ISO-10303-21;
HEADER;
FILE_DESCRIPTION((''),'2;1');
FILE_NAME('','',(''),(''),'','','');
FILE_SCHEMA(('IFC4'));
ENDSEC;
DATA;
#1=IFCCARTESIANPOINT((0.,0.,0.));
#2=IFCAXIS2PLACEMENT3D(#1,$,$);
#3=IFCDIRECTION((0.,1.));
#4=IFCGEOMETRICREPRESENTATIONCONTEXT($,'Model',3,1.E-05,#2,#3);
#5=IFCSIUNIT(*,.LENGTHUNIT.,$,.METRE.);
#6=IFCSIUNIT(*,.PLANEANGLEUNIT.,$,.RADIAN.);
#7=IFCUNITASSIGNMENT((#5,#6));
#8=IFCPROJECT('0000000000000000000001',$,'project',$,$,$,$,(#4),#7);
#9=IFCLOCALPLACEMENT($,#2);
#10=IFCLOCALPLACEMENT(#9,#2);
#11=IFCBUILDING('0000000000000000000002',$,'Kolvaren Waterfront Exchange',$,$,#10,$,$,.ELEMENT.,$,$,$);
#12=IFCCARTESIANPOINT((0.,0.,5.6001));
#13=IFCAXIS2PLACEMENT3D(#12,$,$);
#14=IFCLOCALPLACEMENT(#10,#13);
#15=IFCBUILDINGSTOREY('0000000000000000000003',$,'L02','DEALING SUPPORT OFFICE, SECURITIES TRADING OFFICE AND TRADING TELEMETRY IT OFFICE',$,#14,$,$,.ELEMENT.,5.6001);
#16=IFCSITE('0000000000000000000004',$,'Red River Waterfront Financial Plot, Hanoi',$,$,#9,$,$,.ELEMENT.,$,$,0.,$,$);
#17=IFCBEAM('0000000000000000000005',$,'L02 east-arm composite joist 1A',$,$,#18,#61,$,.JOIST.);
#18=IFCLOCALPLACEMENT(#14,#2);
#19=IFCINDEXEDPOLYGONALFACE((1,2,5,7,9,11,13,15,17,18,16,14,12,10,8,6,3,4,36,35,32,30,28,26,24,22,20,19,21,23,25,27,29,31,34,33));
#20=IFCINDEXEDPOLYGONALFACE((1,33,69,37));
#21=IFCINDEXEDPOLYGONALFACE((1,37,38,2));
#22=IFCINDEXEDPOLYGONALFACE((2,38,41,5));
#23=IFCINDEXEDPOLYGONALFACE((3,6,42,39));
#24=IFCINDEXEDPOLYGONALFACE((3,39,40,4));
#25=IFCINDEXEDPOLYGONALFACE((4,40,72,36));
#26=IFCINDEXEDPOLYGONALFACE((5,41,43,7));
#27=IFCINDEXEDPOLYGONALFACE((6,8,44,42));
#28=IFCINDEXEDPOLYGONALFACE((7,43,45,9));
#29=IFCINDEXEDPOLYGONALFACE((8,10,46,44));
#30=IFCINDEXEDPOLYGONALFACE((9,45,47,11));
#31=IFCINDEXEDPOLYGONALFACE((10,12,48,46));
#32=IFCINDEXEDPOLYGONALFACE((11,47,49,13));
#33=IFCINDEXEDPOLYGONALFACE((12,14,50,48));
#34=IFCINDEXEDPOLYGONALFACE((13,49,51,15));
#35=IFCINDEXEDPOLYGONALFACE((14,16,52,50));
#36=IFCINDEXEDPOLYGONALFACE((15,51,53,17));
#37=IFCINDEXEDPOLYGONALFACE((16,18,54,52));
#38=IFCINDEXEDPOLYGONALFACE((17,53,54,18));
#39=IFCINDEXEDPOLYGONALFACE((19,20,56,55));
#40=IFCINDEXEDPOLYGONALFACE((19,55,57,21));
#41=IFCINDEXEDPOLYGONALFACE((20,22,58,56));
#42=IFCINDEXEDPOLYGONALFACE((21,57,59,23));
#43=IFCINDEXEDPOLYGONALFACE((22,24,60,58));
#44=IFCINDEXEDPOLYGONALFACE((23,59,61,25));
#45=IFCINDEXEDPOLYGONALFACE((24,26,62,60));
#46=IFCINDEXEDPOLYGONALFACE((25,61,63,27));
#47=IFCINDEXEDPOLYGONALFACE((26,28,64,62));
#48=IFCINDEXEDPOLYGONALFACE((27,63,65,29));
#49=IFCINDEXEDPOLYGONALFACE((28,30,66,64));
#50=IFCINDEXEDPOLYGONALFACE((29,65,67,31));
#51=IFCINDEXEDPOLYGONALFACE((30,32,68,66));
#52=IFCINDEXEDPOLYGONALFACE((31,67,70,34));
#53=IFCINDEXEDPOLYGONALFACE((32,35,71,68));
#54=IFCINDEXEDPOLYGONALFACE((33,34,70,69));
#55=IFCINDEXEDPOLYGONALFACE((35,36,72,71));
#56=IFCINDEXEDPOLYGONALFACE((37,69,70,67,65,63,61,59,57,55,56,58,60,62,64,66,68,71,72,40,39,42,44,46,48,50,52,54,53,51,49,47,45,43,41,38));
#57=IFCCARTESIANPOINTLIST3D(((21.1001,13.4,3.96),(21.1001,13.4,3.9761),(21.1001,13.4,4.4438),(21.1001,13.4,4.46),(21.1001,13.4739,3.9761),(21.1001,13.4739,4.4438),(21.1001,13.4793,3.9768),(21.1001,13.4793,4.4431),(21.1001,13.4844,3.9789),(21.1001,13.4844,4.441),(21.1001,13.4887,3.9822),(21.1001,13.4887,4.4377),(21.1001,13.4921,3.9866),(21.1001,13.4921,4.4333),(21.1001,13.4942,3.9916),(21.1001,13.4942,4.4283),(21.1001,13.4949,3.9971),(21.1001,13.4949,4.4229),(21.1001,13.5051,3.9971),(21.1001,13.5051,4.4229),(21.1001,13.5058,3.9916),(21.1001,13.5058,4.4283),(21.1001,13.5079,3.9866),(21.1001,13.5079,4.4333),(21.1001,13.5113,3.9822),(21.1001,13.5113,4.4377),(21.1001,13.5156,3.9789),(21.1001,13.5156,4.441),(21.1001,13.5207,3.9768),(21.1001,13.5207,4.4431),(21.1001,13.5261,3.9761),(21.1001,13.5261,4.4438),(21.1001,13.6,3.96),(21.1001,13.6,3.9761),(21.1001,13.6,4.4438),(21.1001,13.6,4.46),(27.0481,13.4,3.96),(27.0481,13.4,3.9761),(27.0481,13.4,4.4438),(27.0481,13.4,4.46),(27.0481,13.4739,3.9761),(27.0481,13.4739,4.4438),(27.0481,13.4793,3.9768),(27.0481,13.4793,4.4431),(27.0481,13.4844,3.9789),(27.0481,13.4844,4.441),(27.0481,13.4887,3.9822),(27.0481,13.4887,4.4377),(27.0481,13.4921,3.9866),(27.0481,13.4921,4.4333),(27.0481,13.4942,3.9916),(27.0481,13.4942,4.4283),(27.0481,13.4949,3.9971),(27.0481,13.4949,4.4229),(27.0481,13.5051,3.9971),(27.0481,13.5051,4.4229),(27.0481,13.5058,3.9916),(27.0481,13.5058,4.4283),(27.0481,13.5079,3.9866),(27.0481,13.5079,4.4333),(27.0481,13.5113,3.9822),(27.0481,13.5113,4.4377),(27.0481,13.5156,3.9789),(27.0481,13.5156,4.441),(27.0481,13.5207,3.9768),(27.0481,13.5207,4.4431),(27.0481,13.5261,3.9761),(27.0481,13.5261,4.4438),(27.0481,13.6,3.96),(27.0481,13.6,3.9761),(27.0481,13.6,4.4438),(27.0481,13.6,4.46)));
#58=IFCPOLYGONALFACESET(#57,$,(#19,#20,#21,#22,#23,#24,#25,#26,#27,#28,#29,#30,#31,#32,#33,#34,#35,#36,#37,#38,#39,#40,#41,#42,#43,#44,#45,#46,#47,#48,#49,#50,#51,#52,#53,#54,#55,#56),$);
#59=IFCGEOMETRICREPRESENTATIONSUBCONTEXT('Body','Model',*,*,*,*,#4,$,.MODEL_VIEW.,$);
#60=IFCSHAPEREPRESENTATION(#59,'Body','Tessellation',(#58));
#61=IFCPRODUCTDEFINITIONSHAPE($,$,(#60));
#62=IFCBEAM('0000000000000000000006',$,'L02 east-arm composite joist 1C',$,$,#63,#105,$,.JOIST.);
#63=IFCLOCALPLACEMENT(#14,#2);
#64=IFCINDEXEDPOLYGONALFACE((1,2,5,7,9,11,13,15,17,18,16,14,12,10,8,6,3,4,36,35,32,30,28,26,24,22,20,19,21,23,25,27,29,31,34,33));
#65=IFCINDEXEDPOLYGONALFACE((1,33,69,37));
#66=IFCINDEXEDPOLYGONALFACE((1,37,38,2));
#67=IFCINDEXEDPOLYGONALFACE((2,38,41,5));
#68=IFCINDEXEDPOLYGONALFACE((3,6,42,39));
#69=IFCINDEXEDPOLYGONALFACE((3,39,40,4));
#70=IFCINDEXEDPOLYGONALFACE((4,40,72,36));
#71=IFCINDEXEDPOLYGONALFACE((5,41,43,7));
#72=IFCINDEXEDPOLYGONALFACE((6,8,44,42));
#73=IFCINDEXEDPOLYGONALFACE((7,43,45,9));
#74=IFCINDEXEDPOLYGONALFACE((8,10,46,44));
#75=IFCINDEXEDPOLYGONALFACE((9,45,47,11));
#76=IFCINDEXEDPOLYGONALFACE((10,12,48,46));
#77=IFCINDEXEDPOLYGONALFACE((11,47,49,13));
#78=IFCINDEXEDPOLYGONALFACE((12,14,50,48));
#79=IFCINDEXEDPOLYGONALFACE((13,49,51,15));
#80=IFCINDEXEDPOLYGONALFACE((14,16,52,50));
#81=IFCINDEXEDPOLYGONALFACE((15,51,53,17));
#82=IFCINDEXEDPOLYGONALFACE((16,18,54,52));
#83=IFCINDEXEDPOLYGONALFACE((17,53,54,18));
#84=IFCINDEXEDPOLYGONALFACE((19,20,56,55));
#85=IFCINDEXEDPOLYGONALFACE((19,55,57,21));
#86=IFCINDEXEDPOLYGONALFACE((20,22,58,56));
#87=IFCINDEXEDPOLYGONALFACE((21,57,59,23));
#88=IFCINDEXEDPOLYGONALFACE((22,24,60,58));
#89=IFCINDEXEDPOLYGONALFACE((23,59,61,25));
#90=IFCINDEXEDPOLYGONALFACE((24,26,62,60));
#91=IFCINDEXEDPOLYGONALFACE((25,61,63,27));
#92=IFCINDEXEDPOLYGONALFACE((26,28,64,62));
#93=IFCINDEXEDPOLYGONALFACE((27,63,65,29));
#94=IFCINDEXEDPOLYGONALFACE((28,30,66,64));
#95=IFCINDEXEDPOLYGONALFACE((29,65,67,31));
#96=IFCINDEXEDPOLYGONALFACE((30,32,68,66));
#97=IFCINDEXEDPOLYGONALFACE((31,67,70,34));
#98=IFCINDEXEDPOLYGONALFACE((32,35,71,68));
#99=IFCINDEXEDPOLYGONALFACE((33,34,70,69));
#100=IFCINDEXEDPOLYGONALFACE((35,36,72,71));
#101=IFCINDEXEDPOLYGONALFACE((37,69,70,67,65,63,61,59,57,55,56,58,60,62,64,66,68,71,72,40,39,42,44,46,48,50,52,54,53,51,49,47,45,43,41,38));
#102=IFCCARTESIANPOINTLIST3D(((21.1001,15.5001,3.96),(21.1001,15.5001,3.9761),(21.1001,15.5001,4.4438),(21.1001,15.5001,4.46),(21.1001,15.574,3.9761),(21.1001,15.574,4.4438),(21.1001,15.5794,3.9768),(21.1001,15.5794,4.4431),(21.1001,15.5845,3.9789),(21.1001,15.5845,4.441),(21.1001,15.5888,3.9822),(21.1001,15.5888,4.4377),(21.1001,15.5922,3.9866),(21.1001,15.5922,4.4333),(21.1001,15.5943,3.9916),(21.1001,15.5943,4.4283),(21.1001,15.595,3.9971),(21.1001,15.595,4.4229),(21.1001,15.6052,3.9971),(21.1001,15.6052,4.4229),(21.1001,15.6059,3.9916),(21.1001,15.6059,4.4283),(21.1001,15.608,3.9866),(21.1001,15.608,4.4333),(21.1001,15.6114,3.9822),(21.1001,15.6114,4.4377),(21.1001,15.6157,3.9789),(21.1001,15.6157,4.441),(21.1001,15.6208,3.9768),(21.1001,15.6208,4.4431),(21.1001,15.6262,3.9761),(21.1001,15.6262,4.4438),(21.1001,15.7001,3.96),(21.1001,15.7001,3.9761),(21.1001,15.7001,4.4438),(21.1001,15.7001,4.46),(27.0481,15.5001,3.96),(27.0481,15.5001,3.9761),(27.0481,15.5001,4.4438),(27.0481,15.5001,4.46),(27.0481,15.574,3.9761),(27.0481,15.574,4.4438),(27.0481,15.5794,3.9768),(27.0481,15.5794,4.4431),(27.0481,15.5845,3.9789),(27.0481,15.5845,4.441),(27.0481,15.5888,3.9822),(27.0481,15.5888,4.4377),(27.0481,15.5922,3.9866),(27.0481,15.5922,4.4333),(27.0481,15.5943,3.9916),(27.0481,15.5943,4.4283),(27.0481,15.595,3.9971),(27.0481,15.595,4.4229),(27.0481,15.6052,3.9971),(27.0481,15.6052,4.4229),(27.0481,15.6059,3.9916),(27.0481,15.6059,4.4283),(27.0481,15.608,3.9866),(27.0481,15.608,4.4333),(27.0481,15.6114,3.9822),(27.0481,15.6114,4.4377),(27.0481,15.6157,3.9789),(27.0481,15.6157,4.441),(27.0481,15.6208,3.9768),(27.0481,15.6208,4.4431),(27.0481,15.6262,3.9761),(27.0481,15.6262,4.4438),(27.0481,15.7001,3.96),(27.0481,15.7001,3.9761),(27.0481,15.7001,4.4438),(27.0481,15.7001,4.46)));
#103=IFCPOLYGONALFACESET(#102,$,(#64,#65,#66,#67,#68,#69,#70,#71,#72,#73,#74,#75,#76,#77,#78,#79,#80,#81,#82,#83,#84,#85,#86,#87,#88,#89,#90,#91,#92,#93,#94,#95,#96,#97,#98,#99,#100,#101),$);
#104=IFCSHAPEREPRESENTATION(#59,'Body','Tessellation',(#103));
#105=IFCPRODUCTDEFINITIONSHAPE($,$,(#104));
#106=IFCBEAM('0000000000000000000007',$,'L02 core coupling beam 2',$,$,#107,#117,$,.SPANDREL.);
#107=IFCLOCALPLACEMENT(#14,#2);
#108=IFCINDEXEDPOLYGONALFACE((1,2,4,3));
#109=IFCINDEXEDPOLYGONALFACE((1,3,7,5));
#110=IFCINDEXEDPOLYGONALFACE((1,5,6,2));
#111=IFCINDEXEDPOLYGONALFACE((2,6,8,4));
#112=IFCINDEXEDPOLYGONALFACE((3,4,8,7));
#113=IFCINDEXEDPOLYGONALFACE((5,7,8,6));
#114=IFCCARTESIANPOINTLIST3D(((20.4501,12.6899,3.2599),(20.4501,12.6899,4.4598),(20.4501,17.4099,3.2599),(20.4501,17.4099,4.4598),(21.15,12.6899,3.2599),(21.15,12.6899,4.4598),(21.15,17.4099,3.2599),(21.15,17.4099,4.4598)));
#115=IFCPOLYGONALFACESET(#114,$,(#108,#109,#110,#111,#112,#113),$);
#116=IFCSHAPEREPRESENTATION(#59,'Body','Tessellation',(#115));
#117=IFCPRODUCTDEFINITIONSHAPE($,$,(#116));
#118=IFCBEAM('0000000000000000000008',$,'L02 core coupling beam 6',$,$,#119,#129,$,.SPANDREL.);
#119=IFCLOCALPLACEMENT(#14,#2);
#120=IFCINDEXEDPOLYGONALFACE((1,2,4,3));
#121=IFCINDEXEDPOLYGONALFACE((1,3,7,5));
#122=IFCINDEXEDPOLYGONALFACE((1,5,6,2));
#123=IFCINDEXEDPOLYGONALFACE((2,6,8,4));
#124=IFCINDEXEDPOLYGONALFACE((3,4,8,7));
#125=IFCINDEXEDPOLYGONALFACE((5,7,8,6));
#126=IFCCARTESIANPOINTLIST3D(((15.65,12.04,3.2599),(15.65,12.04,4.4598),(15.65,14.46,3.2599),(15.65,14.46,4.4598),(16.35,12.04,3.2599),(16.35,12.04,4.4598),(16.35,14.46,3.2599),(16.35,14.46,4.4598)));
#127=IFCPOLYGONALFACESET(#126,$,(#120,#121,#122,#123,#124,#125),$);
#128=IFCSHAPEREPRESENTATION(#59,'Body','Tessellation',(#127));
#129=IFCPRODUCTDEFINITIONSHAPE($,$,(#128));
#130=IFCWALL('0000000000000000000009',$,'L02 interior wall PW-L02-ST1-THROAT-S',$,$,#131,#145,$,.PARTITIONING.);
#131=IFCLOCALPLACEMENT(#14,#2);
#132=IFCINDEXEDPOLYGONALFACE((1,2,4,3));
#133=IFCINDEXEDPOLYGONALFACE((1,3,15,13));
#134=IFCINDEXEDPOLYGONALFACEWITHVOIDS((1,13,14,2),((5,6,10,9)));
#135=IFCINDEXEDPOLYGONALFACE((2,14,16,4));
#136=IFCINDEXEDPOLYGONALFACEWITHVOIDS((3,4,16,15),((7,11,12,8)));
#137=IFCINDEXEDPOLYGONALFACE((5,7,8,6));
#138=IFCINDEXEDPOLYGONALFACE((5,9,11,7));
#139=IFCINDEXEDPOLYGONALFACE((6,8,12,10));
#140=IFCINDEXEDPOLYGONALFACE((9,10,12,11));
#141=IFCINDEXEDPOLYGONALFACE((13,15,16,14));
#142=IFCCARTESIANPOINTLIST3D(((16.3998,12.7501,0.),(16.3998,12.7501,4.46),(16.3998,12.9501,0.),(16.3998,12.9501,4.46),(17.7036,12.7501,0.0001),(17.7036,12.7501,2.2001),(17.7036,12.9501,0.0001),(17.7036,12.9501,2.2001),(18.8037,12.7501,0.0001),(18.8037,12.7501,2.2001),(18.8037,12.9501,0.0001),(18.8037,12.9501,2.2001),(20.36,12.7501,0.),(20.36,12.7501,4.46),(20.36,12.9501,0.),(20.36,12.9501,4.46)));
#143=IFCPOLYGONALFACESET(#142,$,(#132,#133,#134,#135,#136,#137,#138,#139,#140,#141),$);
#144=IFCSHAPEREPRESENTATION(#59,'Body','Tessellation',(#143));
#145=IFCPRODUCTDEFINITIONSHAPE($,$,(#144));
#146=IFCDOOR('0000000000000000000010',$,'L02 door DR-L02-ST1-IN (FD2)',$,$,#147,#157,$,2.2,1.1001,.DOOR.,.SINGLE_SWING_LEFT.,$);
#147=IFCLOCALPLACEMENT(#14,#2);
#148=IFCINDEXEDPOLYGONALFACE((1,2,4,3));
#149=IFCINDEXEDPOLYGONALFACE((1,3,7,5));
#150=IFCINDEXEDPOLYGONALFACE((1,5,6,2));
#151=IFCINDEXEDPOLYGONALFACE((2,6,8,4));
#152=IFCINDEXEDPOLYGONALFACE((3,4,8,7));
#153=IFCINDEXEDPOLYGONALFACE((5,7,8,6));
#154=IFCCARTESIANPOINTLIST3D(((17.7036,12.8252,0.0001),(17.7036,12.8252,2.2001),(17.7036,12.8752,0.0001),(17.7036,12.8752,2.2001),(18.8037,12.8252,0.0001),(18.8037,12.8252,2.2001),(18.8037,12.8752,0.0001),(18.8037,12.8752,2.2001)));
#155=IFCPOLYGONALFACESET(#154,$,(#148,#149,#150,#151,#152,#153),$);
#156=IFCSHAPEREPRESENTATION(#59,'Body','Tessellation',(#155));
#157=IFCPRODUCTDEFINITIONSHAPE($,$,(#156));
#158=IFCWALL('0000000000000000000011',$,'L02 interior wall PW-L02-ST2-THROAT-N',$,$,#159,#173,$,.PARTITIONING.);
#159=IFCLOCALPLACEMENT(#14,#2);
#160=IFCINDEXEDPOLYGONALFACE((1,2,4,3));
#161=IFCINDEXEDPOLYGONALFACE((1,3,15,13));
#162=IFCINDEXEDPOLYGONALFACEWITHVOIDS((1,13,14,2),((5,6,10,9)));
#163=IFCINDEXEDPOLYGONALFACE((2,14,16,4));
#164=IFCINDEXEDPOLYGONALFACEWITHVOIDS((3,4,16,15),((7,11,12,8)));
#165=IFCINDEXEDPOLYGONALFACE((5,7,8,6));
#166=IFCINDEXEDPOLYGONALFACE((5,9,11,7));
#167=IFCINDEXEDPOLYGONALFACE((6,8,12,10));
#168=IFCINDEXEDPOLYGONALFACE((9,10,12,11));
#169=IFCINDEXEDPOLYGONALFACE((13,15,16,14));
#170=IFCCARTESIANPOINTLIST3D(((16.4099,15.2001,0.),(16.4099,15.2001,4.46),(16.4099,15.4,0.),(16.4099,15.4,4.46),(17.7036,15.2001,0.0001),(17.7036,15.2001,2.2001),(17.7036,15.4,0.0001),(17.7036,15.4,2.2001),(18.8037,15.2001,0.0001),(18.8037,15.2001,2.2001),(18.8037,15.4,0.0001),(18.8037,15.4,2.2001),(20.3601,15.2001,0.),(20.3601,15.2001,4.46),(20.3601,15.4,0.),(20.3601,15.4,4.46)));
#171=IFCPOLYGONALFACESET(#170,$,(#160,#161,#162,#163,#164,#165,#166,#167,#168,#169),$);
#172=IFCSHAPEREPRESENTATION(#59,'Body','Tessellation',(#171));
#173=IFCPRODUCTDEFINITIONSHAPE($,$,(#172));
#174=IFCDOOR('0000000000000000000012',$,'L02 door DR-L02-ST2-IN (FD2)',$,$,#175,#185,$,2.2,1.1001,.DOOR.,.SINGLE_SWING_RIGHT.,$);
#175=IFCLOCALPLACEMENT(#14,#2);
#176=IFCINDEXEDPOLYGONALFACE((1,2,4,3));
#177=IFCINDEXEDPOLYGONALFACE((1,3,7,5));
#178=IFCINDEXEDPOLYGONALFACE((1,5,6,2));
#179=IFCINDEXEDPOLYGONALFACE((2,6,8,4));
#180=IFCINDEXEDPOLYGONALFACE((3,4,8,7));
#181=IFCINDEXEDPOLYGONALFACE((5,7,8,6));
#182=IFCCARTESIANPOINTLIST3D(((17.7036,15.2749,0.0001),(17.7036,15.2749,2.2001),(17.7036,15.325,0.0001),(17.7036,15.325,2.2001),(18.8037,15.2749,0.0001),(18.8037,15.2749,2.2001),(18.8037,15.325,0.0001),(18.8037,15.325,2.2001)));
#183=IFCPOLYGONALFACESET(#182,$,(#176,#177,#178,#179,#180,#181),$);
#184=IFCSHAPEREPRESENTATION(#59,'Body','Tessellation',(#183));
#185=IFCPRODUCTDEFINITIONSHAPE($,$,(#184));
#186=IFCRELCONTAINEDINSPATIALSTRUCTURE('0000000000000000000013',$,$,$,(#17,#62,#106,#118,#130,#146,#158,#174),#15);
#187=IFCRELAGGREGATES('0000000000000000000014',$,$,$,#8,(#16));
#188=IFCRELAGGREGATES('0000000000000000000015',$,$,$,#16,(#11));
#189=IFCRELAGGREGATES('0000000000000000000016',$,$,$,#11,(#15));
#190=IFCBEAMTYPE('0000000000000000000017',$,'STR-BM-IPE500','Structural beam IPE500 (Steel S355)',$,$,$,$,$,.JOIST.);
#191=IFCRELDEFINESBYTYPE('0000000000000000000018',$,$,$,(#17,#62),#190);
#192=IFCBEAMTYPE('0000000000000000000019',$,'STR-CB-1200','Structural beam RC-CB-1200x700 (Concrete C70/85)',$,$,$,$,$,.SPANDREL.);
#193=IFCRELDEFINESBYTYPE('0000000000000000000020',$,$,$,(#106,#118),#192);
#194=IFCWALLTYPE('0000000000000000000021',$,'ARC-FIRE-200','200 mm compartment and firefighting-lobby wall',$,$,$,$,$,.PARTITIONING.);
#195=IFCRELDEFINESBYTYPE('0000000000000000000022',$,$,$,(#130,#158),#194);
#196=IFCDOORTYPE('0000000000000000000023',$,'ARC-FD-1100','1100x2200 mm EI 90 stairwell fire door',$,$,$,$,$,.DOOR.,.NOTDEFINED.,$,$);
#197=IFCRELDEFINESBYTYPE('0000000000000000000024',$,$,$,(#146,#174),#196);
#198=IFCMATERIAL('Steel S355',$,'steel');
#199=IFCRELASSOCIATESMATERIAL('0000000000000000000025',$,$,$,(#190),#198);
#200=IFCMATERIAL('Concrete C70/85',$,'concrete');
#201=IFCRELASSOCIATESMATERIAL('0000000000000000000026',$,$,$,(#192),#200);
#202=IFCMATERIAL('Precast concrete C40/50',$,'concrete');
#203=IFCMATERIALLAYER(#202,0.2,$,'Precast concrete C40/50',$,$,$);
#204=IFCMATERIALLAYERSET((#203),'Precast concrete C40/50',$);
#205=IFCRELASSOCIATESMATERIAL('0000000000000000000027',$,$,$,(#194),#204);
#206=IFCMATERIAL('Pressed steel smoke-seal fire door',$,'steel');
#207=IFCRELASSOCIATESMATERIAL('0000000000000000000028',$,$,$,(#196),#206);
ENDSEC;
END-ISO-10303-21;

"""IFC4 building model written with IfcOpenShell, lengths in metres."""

from ifc_helpers import new_model, si_unit, direction, frame, frame_2d, origin, origin_2d, place, context, subcontext, project, spatial, rectangle, i_section, extrude, material, layer, layer_set, material_profile, profile_set, type_object, element, fill, save


model = new_model("IFC4")

# Units and contexts
model_context = context("Model", 3, precision=1e-05, world=origin(), true_north=direction((0.0, 1.0)))
body_context = subcontext(model_context, "Body", "Model", "MODEL_VIEW")
ifc_project = project(units=[si_unit("LENGTHUNIT", "METRE"), si_unit("PLANEANGLEUNIT", "RADIAN")], contexts=[model_context])

# Site, building, storey
site_placement = place(None, origin())
site = spatial("IfcSite", under=ifc_project, at=site_placement, Name="Red River Waterfront Financial Plot, Hanoi", CompositionType="ELEMENT", RefElevation=0.0)
building_placement = place(site_placement, origin())
building = spatial("IfcBuilding", under=site, at=building_placement, Name="Kolvaren Waterfront Exchange", CompositionType="ELEMENT")
storey_placement = place(building_placement, frame((0.0, 0.0, 5.6001)))
storey = spatial("IfcBuildingStorey", under=building, at=storey_placement, Name="L02", Description="DEALING SUPPORT OFFICE, SECURITIES TRADING OFFICE AND TRADING TELEMETRY IT OFFICE", CompositionType="ELEMENT", Elevation=5.6001)

# Beams
ifc_material_1 = material(Name="Steel S355", Category="steel")
ifc_material_profile_1 = material_profile(ifc_material_1, i_section(OverallWidth=0.2, OverallDepth=0.5, WebThickness=0.0103, FlangeThickness=0.0161, FilletRadius=0.021, at=origin_2d()), Name="IPE500")
ifc_profile_set_1 = profile_set([ifc_material_profile_1], Name="Steel S355")
beam_type_1 = type_object("IfcBeamType", Name="STR-BM-IPE500", Description="Structural beam IPE500 (Steel S355)", PredefinedType="JOIST", material=ifc_profile_set_1)
for number, where, z_axis, x_axis, name in (
    (1, (21.1001, 13.5, 4.21), (1.0, 0.0, 0.0), (0.0, 1.0, 0.0), "L02 east-arm composite joist 1A"),
    (2, (21.1001, 15.6001, 4.21), (1.0, 0.0, 0.0), (0.0, 1.0, 0.0), "L02 east-arm composite joist 1C"),
):
    element("IfcBeam", number, at=place(storey_placement, frame(where, z_axis=z_axis, x_axis=x_axis)), inside=storey, type_object=beam_type_1, Name=name, PredefinedType="JOIST", context=body_context, shape_type="SweptSolid", body=[
        extrude(i_section(OverallWidth=0.2, OverallDepth=0.5, WebThickness=0.0103, FlangeThickness=0.0161, FilletRadius=0.021, at=origin_2d()), origin(), (0.0, 0.0, 1.0), 5.948),
    ])
ifc_material_2 = material(Name="Concrete C70/85", Category="concrete")
ifc_material_profile_2 = material_profile(ifc_material_2, rectangle(XDim=0.7, YDim=1.2, at=origin_2d()), Name="RC-CB-1200x700")
ifc_profile_set_2 = profile_set([ifc_material_profile_2], Name="Concrete C70/85")
beam_type_2 = type_object("IfcBeamType", Name="STR-CB-1200", Description="Structural beam RC-CB-1200x700 (Concrete C70/85)", PredefinedType="SPANDREL", material=ifc_profile_set_2)
beam_1_placement = place(storey_placement, frame((20.8, 12.6899, 3.8599), z_axis=(0.0, 1.0, 0.0), x_axis=(-1.0, 0.0, 0.0)))
element("IfcBeam", 3, at=beam_1_placement, inside=storey, type_object=beam_type_2, Name="L02 core coupling beam 2", PredefinedType="SPANDREL", context=body_context, shape_type="SweptSolid", body=[
    extrude(rectangle(XDim=0.7, YDim=1.2, at=origin_2d()), origin(), (0.0, 0.0, 1.0), 4.72),
])
beam_2_placement = place(storey_placement, frame((16.0, 12.04, 3.8599), z_axis=(0.0, 1.0, 0.0), x_axis=(-1.0, 0.0, 0.0)))
element("IfcBeam", 4, at=beam_2_placement, inside=storey, type_object=beam_type_2, Name="L02 core coupling beam 6", PredefinedType="SPANDREL", context=body_context, shape_type="SweptSolid", body=[
    extrude(rectangle(XDim=0.7, YDim=1.2, at=origin_2d()), origin(), (0.0, 0.0, 1.0), 2.4199),
])

# Walls, openings, doors
ifc_material_3 = material(Name="Precast concrete C40/50", Category="concrete")
ifc_layer_1 = layer(ifc_material_3, 0.2, Name="Precast concrete C40/50")
ifc_layer_set_1 = layer_set([ifc_layer_1], Name="Precast concrete C40/50")
wall_type_1 = type_object("IfcWallType", Name="ARC-FIRE-200", Description="200 mm compartment and firefighting-lobby wall", PredefinedType="PARTITIONING", material=ifc_layer_set_1)
wall_1_placement = place(storey_placement, frame((16.3999, 12.8501, 0.0), z_axis=(0.0, 0.0, 1.0), x_axis=(1.0, 0.0, 0.0)))
wall_1 = element("IfcWall", 5, at=wall_1_placement, inside=storey, type_object=wall_type_1, Name="L02 interior wall PW-L02-ST1-THROAT-S", PredefinedType="PARTITIONING", context=body_context, shape_type="SweptSolid", body=[
    extrude(rectangle(XDim=3.9602, YDim=0.2, at=frame_2d((1.98, 0.0))), origin(), (0.0, 0.0, 1.0), 4.46),
])
opening_1_placement = place(wall_1_placement, frame((1.3037, 0.0, 0.0)))
opening_1 = element("IfcOpeningElement", 6, at=opening_1_placement, cuts=wall_1, PredefinedType="OPENING", context=body_context, shape_type="SweptSolid", body=[
    extrude(rectangle(XDim=1.1001, YDim=2.2, at=frame_2d((0.55, 1.1001))), frame((0.0, 0.1099, 0.0), z_axis=(0.0, -1.0, 0.0), x_axis=(1.0, 0.0, 0.0)), (0.0, 0.0, 1.0), 0.22),
])
ifc_material_4 = material(Name="Pressed steel smoke-seal fire door", Category="steel")
door_type_1 = type_object("IfcDoorType", Name="ARC-FD-1100", Description="1100x2200 mm EI 90 stairwell fire door", OperationType="NOTDEFINED", PredefinedType="DOOR", material=ifc_material_4)
door_1_placement = place(opening_1_placement, frame((1.1001, 0.0, 0.0), z_axis=(0.0, 0.0, 1.0), x_axis=(-1.0, 0.0, 0.0)))
door_1 = element("IfcDoor", 7, at=door_1_placement, inside=storey, type_object=door_type_1, Name="L02 door DR-L02-ST1-IN (FD2)", OperationType="SINGLE_SWING_LEFT", OverallHeight=2.2, OverallWidth=1.1001, PredefinedType="DOOR", context=body_context, shape_type="SweptSolid", body=[
    extrude(rectangle(XDim=1.1001, YDim=2.2, at=frame_2d((0.55, 1.1001))), frame((0.0, 0.0249, 0.0), z_axis=(0.0, -1.0, 0.0), x_axis=(1.0, 0.0, 0.0)), (0.0, 0.0, 1.0), 0.05),
])
fill(opening_1, door_1)
wall_2_placement = place(storey_placement, frame((16.4099, 15.3, 0.0), z_axis=(0.0, 0.0, 1.0), x_axis=(1.0, 0.0, 0.0)))
wall_2 = element("IfcWall", 8, at=wall_2_placement, inside=storey, type_object=wall_type_1, Name="L02 interior wall PW-L02-ST2-THROAT-N", PredefinedType="PARTITIONING", context=body_context, shape_type="SweptSolid", body=[
    extrude(rectangle(XDim=3.9502, YDim=0.2, at=frame_2d((1.9751, 0.0))), origin(), (0.0, 0.0, 1.0), 4.46),
])
opening_2_placement = place(wall_2_placement, frame((1.2937, 0.0, 0.0)))
opening_2 = element("IfcOpeningElement", 9, at=opening_2_placement, cuts=wall_2, PredefinedType="OPENING", context=body_context, shape_type="SweptSolid", body=[
    extrude(rectangle(XDim=1.1001, YDim=2.2, at=frame_2d((0.55, 1.1001))), frame((0.0, 0.1099, 0.0), z_axis=(0.0, -1.0, 0.0), x_axis=(1.0, 0.0, 0.0)), (0.0, 0.0, 1.0), 0.22),
])
door_2_placement = place(opening_2_placement, origin())
door_2 = element("IfcDoor", 10, at=door_2_placement, inside=storey, type_object=door_type_1, Name="L02 door DR-L02-ST2-IN (FD2)", OperationType="SINGLE_SWING_RIGHT", OverallHeight=2.2, OverallWidth=1.1001, PredefinedType="DOOR", context=body_context, shape_type="SweptSolid", body=[
    extrude(rectangle(XDim=1.1001, YDim=2.2, at=frame_2d((0.55, 1.1001))), frame((0.0, 0.0249, 0.0), z_axis=(0.0, -1.0, 0.0), x_axis=(1.0, 0.0, 0.0)), (0.0, 0.0, 1.0), 0.05),
])
fill(opening_2, door_2)

save(model, "model.ifc")
